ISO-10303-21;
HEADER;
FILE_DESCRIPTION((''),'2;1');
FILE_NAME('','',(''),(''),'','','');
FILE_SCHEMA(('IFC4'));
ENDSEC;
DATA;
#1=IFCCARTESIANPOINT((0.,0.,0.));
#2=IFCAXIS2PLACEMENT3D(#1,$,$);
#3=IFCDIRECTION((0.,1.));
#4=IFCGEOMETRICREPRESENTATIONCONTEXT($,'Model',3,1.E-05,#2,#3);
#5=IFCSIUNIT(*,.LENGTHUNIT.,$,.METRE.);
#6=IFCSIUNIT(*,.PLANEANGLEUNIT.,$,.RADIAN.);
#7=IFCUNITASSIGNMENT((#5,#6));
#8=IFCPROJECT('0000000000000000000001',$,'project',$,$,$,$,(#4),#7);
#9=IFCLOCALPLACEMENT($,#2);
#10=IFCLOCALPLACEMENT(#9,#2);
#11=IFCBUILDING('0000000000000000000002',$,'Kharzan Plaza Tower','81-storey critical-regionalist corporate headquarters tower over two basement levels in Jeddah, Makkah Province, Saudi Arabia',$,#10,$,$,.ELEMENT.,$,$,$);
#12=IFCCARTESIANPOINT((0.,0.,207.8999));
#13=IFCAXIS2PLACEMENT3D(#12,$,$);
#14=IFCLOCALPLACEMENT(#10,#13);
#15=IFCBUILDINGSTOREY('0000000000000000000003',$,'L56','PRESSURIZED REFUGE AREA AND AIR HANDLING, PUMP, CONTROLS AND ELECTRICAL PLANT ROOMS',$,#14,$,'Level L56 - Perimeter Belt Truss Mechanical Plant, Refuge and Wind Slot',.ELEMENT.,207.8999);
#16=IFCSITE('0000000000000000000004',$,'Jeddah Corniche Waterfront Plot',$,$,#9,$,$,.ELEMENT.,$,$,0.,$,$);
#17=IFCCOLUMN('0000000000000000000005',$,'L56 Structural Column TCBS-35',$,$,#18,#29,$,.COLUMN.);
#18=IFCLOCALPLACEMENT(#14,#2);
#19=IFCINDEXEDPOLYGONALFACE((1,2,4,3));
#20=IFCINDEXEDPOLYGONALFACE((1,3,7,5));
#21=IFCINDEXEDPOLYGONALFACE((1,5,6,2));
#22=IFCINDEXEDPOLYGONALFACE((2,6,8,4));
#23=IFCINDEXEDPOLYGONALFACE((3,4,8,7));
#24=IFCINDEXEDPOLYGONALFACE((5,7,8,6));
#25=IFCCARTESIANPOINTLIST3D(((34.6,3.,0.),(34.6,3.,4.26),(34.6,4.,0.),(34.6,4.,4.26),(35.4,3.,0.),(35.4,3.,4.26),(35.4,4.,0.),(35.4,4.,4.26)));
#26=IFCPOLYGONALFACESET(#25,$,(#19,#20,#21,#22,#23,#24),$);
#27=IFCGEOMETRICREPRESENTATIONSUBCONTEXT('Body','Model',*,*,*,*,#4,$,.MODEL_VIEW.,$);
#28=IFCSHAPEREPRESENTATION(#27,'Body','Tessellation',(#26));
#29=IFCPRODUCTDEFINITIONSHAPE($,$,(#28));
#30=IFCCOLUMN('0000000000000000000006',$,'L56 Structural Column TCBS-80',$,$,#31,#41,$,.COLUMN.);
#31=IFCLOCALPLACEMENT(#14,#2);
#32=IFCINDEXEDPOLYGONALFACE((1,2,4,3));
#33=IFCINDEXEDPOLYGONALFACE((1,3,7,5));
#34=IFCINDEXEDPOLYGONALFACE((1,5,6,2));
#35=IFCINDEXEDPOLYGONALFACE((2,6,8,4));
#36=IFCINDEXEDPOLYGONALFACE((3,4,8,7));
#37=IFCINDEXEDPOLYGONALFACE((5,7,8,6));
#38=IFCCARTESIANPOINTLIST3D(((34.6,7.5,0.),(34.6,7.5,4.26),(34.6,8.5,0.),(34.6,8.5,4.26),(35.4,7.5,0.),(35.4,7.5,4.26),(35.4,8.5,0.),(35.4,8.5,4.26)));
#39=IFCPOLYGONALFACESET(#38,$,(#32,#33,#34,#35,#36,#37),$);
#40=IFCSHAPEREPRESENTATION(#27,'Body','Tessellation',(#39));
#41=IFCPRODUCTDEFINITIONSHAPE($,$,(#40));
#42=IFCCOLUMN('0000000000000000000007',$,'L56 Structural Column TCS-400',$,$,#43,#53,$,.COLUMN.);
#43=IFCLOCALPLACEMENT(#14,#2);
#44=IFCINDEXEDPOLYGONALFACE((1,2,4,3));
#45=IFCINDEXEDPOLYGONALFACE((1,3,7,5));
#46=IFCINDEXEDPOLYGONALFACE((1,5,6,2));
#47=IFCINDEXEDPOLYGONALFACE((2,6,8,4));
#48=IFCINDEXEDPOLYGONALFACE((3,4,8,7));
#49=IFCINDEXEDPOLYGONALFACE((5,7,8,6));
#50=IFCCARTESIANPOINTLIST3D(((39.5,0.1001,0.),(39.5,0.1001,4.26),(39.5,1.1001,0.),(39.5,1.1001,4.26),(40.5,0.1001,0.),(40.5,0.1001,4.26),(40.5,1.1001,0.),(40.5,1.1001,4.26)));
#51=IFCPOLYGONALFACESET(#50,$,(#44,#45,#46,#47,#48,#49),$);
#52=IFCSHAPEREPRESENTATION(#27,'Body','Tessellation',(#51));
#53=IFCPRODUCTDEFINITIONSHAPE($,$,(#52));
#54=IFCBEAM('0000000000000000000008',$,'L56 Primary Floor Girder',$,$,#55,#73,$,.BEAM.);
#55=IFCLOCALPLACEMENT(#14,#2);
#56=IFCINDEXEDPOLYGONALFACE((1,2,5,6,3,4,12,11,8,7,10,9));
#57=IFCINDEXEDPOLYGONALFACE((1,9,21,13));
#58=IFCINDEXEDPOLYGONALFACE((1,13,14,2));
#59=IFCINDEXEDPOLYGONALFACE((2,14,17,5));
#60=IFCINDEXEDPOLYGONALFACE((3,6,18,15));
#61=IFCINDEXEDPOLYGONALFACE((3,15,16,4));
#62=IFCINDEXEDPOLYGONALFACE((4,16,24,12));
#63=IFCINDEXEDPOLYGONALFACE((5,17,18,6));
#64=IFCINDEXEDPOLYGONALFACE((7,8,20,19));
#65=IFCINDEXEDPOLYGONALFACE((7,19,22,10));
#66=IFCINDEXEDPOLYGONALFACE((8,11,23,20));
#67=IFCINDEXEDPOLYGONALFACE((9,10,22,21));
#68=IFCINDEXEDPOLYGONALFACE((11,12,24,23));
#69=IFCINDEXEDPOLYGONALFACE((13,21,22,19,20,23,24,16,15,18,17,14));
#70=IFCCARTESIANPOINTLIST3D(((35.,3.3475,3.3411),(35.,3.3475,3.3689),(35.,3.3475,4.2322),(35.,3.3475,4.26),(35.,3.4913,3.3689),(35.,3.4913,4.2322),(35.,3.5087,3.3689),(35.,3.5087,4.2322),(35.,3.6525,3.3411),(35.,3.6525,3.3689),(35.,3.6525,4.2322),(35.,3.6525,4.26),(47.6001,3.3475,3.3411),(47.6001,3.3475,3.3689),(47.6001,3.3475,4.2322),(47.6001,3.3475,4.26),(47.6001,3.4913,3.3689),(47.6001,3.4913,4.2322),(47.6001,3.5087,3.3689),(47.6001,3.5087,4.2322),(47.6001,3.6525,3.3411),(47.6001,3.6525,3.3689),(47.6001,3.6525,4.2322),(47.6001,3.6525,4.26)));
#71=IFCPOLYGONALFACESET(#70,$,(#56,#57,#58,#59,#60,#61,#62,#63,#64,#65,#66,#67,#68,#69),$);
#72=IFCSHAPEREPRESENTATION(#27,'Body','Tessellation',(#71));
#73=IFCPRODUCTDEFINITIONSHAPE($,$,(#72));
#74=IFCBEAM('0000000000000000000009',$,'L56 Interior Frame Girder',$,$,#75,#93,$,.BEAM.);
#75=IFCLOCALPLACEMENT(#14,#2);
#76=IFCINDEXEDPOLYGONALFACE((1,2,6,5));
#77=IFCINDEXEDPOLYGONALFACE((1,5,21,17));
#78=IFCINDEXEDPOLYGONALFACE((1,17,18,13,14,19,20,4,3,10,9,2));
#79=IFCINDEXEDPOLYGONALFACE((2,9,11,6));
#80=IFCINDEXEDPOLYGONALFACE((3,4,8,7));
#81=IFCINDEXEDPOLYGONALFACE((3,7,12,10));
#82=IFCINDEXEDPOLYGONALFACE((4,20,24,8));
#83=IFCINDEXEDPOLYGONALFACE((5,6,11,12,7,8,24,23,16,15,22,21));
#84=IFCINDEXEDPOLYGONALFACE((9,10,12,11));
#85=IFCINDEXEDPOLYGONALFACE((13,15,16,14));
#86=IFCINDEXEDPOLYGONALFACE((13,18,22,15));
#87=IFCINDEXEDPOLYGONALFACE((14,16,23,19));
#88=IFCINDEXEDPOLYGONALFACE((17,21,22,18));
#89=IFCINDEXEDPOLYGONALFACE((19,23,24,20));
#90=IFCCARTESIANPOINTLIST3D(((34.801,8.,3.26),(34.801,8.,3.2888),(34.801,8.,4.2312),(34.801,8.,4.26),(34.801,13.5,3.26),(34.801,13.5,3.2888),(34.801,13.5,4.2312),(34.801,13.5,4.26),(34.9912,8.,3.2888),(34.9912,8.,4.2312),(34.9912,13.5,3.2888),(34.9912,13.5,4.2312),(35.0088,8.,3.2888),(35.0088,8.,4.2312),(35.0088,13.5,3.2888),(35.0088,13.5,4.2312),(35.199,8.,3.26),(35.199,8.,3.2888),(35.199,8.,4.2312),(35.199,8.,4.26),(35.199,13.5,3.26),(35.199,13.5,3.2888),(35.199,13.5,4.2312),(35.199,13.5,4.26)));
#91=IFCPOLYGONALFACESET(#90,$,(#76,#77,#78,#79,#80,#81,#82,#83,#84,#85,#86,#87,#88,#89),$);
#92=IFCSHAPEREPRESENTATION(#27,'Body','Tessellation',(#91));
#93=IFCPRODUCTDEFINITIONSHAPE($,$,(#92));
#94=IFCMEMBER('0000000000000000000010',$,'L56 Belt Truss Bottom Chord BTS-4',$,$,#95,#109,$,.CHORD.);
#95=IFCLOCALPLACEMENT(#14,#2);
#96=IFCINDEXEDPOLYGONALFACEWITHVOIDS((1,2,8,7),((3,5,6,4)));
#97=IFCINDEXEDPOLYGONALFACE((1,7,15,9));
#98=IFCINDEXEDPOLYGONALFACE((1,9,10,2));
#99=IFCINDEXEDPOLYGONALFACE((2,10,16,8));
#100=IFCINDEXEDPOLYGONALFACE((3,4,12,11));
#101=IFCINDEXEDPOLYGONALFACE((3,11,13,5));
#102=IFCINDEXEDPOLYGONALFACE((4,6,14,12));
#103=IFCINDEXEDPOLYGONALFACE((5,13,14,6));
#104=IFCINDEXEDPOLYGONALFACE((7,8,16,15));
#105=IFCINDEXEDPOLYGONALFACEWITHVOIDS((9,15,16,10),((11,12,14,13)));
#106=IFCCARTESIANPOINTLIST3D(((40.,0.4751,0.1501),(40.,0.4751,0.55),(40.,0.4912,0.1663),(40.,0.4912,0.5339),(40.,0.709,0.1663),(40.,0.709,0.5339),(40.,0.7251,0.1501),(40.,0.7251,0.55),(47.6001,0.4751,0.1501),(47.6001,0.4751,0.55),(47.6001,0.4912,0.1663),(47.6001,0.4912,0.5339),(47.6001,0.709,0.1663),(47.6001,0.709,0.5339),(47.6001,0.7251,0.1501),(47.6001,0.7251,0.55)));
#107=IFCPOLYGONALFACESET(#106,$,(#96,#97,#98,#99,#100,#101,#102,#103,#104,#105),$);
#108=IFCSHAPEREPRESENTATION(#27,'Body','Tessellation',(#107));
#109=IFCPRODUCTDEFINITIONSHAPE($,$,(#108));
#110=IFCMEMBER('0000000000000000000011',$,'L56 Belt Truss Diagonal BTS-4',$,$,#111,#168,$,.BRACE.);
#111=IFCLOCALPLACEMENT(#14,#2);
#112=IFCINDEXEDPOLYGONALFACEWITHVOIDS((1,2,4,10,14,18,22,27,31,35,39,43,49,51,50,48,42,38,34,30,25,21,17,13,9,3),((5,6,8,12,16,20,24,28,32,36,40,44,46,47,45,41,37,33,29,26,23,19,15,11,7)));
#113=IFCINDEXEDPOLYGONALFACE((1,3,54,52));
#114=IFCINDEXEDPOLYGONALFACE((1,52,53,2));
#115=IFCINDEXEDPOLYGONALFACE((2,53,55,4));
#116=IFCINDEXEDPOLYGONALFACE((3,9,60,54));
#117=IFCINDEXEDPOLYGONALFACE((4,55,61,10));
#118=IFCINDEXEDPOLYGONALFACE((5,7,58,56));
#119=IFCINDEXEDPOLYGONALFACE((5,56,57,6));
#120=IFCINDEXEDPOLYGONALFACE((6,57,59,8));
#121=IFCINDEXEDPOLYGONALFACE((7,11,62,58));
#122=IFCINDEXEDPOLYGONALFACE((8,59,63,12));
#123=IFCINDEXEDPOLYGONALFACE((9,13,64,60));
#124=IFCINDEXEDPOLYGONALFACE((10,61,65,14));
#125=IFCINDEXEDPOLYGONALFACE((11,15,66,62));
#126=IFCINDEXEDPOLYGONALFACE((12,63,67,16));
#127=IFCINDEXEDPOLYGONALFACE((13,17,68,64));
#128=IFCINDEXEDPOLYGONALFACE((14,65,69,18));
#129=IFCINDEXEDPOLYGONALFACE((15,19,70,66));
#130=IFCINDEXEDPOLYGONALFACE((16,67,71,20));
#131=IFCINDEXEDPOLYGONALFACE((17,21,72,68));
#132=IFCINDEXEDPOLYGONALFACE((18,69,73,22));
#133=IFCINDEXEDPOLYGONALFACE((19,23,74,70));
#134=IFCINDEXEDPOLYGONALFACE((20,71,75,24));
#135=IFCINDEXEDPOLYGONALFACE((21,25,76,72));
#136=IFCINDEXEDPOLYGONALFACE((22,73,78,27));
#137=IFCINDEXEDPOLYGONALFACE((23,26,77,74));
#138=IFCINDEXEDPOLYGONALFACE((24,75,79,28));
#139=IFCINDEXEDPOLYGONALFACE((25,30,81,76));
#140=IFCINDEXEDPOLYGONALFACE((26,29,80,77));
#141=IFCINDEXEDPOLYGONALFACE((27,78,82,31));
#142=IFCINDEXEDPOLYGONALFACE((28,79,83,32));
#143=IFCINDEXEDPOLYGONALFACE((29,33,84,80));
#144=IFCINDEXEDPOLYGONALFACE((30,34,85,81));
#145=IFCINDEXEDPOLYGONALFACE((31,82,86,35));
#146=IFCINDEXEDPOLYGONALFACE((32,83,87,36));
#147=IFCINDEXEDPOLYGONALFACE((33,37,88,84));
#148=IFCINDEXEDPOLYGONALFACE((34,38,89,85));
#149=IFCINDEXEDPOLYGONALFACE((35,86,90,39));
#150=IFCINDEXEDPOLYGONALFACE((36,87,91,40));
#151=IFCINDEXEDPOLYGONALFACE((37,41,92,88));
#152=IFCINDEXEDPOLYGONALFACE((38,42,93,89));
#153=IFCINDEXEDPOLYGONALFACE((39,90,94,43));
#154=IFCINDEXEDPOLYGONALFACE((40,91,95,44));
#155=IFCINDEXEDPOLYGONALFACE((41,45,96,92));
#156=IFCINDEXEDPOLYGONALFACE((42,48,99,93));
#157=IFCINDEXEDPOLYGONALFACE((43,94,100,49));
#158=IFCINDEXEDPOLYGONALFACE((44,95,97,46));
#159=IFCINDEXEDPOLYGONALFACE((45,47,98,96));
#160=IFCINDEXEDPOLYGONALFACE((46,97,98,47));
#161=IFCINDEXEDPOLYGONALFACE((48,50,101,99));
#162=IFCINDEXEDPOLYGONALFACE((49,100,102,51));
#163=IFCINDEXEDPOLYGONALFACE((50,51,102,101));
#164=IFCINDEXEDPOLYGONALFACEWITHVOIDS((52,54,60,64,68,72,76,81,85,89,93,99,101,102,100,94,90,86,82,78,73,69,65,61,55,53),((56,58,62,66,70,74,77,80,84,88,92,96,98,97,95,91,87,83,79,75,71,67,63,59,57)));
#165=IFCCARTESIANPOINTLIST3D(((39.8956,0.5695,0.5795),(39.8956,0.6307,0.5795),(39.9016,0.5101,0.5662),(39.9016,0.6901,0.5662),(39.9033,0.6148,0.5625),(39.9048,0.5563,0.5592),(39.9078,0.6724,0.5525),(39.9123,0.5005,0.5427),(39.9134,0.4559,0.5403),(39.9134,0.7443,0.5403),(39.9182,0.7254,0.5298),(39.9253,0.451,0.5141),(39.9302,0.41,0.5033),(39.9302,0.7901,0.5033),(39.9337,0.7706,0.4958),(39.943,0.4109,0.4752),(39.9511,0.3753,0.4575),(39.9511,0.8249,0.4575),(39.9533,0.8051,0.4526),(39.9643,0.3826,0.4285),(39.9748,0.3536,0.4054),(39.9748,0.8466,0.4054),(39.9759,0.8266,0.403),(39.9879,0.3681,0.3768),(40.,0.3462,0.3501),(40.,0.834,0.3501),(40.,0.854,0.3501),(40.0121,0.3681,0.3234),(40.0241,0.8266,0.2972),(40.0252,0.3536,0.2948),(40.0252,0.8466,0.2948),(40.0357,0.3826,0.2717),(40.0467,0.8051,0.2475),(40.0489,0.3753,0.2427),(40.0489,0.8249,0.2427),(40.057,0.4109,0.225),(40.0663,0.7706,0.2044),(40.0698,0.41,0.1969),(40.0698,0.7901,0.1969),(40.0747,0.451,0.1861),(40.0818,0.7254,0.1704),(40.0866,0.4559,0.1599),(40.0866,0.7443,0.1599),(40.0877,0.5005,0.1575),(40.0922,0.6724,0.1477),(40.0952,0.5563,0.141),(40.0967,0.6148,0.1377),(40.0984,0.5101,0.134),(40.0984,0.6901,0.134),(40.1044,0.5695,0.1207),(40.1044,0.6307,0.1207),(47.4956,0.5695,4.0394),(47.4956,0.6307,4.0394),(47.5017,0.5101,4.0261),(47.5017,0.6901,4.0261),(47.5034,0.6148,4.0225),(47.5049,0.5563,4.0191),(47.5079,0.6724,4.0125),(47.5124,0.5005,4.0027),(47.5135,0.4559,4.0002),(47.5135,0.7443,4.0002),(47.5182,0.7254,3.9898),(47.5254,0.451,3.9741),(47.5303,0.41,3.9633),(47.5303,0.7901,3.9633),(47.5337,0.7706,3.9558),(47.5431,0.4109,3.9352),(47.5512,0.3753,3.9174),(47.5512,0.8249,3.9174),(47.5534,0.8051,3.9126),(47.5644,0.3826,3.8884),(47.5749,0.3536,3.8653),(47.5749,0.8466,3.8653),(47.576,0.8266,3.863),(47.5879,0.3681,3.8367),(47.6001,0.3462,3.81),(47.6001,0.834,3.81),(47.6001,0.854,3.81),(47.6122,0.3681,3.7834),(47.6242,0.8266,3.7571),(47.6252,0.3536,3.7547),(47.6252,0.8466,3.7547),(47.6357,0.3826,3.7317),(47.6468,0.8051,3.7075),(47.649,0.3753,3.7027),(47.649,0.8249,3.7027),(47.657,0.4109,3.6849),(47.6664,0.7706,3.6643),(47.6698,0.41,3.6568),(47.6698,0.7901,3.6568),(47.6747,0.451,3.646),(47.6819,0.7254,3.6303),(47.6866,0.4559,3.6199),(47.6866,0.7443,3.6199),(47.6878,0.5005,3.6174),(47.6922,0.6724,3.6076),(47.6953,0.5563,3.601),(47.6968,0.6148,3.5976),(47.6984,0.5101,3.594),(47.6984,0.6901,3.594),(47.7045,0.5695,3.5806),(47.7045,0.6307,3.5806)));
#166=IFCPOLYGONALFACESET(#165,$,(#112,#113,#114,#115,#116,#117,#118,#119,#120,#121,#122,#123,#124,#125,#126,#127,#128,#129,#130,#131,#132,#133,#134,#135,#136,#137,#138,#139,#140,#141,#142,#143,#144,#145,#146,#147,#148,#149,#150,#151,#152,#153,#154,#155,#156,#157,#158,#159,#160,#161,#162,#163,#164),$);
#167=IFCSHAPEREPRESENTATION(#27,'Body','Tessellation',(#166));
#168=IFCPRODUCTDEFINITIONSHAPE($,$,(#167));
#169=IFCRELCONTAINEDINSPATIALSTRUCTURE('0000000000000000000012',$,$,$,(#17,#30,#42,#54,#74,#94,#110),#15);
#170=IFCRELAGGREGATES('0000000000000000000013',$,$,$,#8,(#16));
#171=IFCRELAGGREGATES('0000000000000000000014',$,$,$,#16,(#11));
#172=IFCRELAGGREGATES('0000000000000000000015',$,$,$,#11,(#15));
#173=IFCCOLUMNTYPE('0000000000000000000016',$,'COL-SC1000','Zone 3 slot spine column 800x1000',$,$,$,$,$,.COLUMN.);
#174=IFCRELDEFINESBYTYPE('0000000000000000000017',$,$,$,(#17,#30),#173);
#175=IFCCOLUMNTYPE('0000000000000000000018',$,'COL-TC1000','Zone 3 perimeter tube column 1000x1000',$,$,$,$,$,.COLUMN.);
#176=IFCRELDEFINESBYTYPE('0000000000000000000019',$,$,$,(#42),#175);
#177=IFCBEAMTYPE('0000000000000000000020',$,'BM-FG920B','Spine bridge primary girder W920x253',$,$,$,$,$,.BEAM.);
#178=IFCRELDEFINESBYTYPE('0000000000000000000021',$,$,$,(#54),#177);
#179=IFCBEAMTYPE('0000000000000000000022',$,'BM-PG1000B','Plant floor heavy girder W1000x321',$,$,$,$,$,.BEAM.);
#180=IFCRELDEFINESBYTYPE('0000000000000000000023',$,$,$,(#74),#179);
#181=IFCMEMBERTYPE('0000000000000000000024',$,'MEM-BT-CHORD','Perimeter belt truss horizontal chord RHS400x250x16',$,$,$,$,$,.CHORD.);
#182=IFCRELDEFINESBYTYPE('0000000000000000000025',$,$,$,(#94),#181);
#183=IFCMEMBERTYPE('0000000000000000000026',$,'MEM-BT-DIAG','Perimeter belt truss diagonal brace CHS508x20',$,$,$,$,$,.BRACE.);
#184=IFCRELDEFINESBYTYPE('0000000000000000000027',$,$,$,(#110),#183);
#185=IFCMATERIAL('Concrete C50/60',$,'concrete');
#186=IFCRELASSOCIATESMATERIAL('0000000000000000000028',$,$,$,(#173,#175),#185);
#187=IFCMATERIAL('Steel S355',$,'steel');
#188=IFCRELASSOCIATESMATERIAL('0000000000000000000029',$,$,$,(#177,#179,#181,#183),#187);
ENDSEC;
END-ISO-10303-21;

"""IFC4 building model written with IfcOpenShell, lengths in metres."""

from ifc_helpers import new_model, si_unit, direction, frame, origin, origin_2d, place, context, subcontext, project, spatial, rectangle, hollow_rectangle, hollow_circle, i_section, extrude, source, transform, mapped, material, material_profile, profile_set, type_object, element, save


model = new_model("IFC4")

# Units and contexts
model_context = context("Model", 3, precision=1e-05, world=origin(), true_north=direction((0.0, 1.0)))
body_context = subcontext(model_context, "Body", "Model", "MODEL_VIEW")
ifc_project = project(units=[si_unit("LENGTHUNIT", "METRE"), si_unit("PLANEANGLEUNIT", "RADIAN")], contexts=[model_context])

# Site, building, storey
site_placement = place(None, origin())
site = spatial("IfcSite", under=ifc_project, at=site_placement, Name="Jeddah Corniche Waterfront Plot", CompositionType="ELEMENT", RefElevation=0.0)
building_placement = place(site_placement, origin())
building = spatial("IfcBuilding", under=site, at=building_placement, Name="Kharzan Plaza Tower", Description="81-storey critical-regionalist corporate headquarters tower over two basement levels in Jeddah, Makkah Province, Saudi Arabia", CompositionType="ELEMENT")
storey_placement = place(building_placement, frame((0.0, 0.0, 207.8999)))
storey = spatial("IfcBuildingStorey", under=building, at=storey_placement, Name="L56", Description="PRESSURIZED REFUGE AREA AND AIR HANDLING, PUMP, CONTROLS AND ELECTRICAL PLANT ROOMS", LongName="Level L56 - Perimeter Belt Truss Mechanical Plant, Refuge and Wind Slot", CompositionType="ELEMENT", Elevation=207.8999)

# Columns
ifc_material_1 = material(Name="Concrete C50/60", Category="concrete")
ifc_material_profile_1 = material_profile(ifc_material_1, rectangle(XDim=0.8, YDim=1.0, at=origin_2d()), Name="RC-SC1000x800")
ifc_profile_set_1 = profile_set([ifc_material_profile_1], Name="Concrete C50/60")
column_type_1 = type_object("IfcColumnType", Name="COL-SC1000", Description="Zone 3 slot spine column 800x1000", PredefinedType="COLUMN", material=ifc_profile_set_1)
shared_shape_1 = source(origin(), body_context, "Body", "SweptSolid", [
    extrude(rectangle(XDim=0.8, YDim=1.0, at=origin_2d()), origin(), (0.0, 0.0, 1.0), 4.26),
])
for number, where, z_axis, x_axis, name in (
    (1, (35.0, 3.5, 0.0), (0.0, 0.0, 1.0), (1.0, 0.0, 0.0), "L56 Structural Column TCBS-35"),
    (2, (35.0, 8.0, 0.0), (0.0, 0.0, 1.0), (1.0, 0.0, 0.0), "L56 Structural Column TCBS-80"),
):
    element("IfcColumn", number, at=place(storey_placement, frame(where, z_axis=z_axis, x_axis=x_axis)), inside=storey, type_object=column_type_1, Name=name, PredefinedType="COLUMN", context=body_context, shape_type="MappedRepresentation", body=[
        mapped(shared_shape_1, transform((0.0, 0.0, 0.0), x_axis=(1.0, 0.0, 0.0), y_axis=(0.0, 1.0, 0.0), z_axis=(0.0, 0.0, 1.0))),
    ])
ifc_material_profile_2 = material_profile(ifc_material_1, rectangle(XDim=1.0, YDim=1.0, at=origin_2d()), Name="RC-TC1000x1000")
ifc_profile_set_2 = profile_set([ifc_material_profile_2], Name="Concrete C50/60")
column_type_2 = type_object("IfcColumnType", Name="COL-TC1000", Description="Zone 3 perimeter tube column 1000x1000", PredefinedType="COLUMN", material=ifc_profile_set_2)
shared_shape_2 = source(origin(), body_context, "Body", "SweptSolid", [
    extrude(rectangle(XDim=1.0, YDim=1.0, at=origin_2d()), origin(), (0.0, 0.0, 1.0), 4.26),
])
column_placement = place(storey_placement, frame((40.0, 0.6001, 0.0), z_axis=(0.0, 0.0, 1.0), x_axis=(1.0, 0.0, 0.0)))
element("IfcColumn", 3, at=column_placement, inside=storey, type_object=column_type_2, Name="L56 Structural Column TCS-400", PredefinedType="COLUMN", context=body_context, shape_type="MappedRepresentation", body=[
    mapped(shared_shape_2, transform((0.0, 0.0, 0.0), x_axis=(1.0, 0.0, 0.0), y_axis=(0.0, 1.0, 0.0), z_axis=(0.0, 0.0, 1.0))),
])

# Beams
ifc_material_2 = material(Name="Steel S355", Category="steel")
ifc_material_profile_3 = material_profile(ifc_material_2, i_section(OverallWidth=0.3049, OverallDepth=0.9189, WebThickness=0.0173, FlangeThickness=0.0278, at=origin_2d()), Name="W920x253")
ifc_profile_set_3 = profile_set([ifc_material_profile_3], Name="Steel S355")
beam_type_1 = type_object("IfcBeamType", Name="BM-FG920B", Description="Spine bridge primary girder W920x253", PredefinedType="BEAM", material=ifc_profile_set_3)
shared_shape_3 = source(origin(), body_context, "Body", "SweptSolid", [
    extrude(i_section(OverallWidth=0.3049, OverallDepth=0.9189, WebThickness=0.0173, FlangeThickness=0.0278, at=origin_2d()), origin(), (0.0, 0.0, 1.0), 12.6001),
])
beam_1_placement = place(storey_placement, frame((35.0, 3.5, 3.8005), z_axis=(1.0, 0.0, 0.0), x_axis=(0.0, 1.0, 0.0)))
element("IfcBeam", 4, at=beam_1_placement, inside=storey, type_object=beam_type_1, Name="L56 Primary Floor Girder", PredefinedType="BEAM", context=body_context, shape_type="MappedRepresentation", body=[
    mapped(shared_shape_3, transform((0.0, 0.0, 0.0), x_axis=(1.0, 0.0, 0.0), y_axis=(0.0, 1.0, 0.0), z_axis=(0.0, 0.0, 1.0))),
])
ifc_material_profile_4 = material_profile(ifc_material_2, i_section(OverallWidth=0.3979, OverallDepth=1.0, WebThickness=0.0176, FlangeThickness=0.0288, at=origin_2d()), Name="W1000x321")
ifc_profile_set_4 = profile_set([ifc_material_profile_4], Name="Steel S355")
beam_type_2 = type_object("IfcBeamType", Name="BM-PG1000B", Description="Plant floor heavy girder W1000x321", PredefinedType="BEAM", material=ifc_profile_set_4)
shared_shape_4 = source(origin(), body_context, "Body", "SweptSolid", [
    extrude(i_section(OverallWidth=0.3979, OverallDepth=1.0, WebThickness=0.0176, FlangeThickness=0.0288, at=origin_2d()), origin(), (0.0, 0.0, 1.0), 5.5),
])
beam_2_placement = place(storey_placement, frame((35.0, 8.0, 3.76), z_axis=(0.0, 1.0, 0.0), x_axis=(-1.0, 0.0, 0.0)))
element("IfcBeam", 5, at=beam_2_placement, inside=storey, type_object=beam_type_2, Name="L56 Interior Frame Girder", PredefinedType="BEAM", context=body_context, shape_type="MappedRepresentation", body=[
    mapped(shared_shape_4, transform((0.0, 0.0, 0.0), x_axis=(1.0, 0.0, 0.0), y_axis=(0.0, 1.0, 0.0), z_axis=(0.0, 0.0, 1.0))),
])

# Members
ifc_material_profile_5 = material_profile(ifc_material_2, hollow_rectangle(XDim=0.25, YDim=0.3999, WallThickness=0.0161, at=origin_2d()), Name="RHS400x250x16")
ifc_profile_set_5 = profile_set([ifc_material_profile_5], Name="Steel S355")
member_type_1 = type_object("IfcMemberType", Name="MEM-BT-CHORD", Description="Perimeter belt truss horizontal chord RHS400x250x16", PredefinedType="CHORD", material=ifc_profile_set_5)
shared_shape_5 = source(origin(), body_context, "Body", "SweptSolid", [
    extrude(hollow_rectangle(XDim=0.25, YDim=0.3999, WallThickness=0.0161, at=origin_2d()), origin(), (0.0, 0.0, 1.0), 7.6001),
])
member_1_placement = place(storey_placement, frame((40.0, 0.6001, 0.3501), z_axis=(1.0, 0.0, 0.0), x_axis=(0.0, 1.0, 0.0)))
element("IfcMember", 6, at=member_1_placement, inside=storey, type_object=member_type_1, Name="L56 Belt Truss Bottom Chord BTS-4", PredefinedType="CHORD", context=body_context, shape_type="MappedRepresentation", body=[
    mapped(shared_shape_5, transform((0.0, 0.0, 0.0), x_axis=(1.0, 0.0, 0.0), y_axis=(0.0, 1.0, 0.0), z_axis=(0.0, 0.0, 1.0))),
])
ifc_material_profile_6 = material_profile(ifc_material_2, hollow_circle(Radius=0.2539, WallThickness=0.02, at=origin_2d()), Name="CHS508x20")
ifc_profile_set_6 = profile_set([ifc_material_profile_6], Name="Steel S355")
member_type_2 = type_object("IfcMemberType", Name="MEM-BT-DIAG", Description="Perimeter belt truss diagonal brace CHS508x20", PredefinedType="BRACE", material=ifc_profile_set_6)
shared_shape_6 = source(origin(), body_context, "Body", "SweptSolid", [
    extrude(hollow_circle(Radius=0.2539, WallThickness=0.02, at=origin_2d()), origin(), (0.0, 0.0, 1.0), 8.3506),
])
member_2_placement = place(storey_placement, frame((40.0, 0.6001, 0.3501), z_axis=(0.910124, 0.0, 0.414336), x_axis=(0.0, 1.0, 0.0)))
element("IfcMember", 7, at=member_2_placement, inside=storey, type_object=member_type_2, Name="L56 Belt Truss Diagonal BTS-4", PredefinedType="BRACE", context=body_context, shape_type="MappedRepresentation", body=[
    mapped(shared_shape_6, transform((0.0, 0.0, 0.0), x_axis=(1.0, 0.0, 0.0), y_axis=(0.0, 1.0, 0.0), z_axis=(0.0, 0.0, 1.0))),
])

save(model, "model.ifc")
